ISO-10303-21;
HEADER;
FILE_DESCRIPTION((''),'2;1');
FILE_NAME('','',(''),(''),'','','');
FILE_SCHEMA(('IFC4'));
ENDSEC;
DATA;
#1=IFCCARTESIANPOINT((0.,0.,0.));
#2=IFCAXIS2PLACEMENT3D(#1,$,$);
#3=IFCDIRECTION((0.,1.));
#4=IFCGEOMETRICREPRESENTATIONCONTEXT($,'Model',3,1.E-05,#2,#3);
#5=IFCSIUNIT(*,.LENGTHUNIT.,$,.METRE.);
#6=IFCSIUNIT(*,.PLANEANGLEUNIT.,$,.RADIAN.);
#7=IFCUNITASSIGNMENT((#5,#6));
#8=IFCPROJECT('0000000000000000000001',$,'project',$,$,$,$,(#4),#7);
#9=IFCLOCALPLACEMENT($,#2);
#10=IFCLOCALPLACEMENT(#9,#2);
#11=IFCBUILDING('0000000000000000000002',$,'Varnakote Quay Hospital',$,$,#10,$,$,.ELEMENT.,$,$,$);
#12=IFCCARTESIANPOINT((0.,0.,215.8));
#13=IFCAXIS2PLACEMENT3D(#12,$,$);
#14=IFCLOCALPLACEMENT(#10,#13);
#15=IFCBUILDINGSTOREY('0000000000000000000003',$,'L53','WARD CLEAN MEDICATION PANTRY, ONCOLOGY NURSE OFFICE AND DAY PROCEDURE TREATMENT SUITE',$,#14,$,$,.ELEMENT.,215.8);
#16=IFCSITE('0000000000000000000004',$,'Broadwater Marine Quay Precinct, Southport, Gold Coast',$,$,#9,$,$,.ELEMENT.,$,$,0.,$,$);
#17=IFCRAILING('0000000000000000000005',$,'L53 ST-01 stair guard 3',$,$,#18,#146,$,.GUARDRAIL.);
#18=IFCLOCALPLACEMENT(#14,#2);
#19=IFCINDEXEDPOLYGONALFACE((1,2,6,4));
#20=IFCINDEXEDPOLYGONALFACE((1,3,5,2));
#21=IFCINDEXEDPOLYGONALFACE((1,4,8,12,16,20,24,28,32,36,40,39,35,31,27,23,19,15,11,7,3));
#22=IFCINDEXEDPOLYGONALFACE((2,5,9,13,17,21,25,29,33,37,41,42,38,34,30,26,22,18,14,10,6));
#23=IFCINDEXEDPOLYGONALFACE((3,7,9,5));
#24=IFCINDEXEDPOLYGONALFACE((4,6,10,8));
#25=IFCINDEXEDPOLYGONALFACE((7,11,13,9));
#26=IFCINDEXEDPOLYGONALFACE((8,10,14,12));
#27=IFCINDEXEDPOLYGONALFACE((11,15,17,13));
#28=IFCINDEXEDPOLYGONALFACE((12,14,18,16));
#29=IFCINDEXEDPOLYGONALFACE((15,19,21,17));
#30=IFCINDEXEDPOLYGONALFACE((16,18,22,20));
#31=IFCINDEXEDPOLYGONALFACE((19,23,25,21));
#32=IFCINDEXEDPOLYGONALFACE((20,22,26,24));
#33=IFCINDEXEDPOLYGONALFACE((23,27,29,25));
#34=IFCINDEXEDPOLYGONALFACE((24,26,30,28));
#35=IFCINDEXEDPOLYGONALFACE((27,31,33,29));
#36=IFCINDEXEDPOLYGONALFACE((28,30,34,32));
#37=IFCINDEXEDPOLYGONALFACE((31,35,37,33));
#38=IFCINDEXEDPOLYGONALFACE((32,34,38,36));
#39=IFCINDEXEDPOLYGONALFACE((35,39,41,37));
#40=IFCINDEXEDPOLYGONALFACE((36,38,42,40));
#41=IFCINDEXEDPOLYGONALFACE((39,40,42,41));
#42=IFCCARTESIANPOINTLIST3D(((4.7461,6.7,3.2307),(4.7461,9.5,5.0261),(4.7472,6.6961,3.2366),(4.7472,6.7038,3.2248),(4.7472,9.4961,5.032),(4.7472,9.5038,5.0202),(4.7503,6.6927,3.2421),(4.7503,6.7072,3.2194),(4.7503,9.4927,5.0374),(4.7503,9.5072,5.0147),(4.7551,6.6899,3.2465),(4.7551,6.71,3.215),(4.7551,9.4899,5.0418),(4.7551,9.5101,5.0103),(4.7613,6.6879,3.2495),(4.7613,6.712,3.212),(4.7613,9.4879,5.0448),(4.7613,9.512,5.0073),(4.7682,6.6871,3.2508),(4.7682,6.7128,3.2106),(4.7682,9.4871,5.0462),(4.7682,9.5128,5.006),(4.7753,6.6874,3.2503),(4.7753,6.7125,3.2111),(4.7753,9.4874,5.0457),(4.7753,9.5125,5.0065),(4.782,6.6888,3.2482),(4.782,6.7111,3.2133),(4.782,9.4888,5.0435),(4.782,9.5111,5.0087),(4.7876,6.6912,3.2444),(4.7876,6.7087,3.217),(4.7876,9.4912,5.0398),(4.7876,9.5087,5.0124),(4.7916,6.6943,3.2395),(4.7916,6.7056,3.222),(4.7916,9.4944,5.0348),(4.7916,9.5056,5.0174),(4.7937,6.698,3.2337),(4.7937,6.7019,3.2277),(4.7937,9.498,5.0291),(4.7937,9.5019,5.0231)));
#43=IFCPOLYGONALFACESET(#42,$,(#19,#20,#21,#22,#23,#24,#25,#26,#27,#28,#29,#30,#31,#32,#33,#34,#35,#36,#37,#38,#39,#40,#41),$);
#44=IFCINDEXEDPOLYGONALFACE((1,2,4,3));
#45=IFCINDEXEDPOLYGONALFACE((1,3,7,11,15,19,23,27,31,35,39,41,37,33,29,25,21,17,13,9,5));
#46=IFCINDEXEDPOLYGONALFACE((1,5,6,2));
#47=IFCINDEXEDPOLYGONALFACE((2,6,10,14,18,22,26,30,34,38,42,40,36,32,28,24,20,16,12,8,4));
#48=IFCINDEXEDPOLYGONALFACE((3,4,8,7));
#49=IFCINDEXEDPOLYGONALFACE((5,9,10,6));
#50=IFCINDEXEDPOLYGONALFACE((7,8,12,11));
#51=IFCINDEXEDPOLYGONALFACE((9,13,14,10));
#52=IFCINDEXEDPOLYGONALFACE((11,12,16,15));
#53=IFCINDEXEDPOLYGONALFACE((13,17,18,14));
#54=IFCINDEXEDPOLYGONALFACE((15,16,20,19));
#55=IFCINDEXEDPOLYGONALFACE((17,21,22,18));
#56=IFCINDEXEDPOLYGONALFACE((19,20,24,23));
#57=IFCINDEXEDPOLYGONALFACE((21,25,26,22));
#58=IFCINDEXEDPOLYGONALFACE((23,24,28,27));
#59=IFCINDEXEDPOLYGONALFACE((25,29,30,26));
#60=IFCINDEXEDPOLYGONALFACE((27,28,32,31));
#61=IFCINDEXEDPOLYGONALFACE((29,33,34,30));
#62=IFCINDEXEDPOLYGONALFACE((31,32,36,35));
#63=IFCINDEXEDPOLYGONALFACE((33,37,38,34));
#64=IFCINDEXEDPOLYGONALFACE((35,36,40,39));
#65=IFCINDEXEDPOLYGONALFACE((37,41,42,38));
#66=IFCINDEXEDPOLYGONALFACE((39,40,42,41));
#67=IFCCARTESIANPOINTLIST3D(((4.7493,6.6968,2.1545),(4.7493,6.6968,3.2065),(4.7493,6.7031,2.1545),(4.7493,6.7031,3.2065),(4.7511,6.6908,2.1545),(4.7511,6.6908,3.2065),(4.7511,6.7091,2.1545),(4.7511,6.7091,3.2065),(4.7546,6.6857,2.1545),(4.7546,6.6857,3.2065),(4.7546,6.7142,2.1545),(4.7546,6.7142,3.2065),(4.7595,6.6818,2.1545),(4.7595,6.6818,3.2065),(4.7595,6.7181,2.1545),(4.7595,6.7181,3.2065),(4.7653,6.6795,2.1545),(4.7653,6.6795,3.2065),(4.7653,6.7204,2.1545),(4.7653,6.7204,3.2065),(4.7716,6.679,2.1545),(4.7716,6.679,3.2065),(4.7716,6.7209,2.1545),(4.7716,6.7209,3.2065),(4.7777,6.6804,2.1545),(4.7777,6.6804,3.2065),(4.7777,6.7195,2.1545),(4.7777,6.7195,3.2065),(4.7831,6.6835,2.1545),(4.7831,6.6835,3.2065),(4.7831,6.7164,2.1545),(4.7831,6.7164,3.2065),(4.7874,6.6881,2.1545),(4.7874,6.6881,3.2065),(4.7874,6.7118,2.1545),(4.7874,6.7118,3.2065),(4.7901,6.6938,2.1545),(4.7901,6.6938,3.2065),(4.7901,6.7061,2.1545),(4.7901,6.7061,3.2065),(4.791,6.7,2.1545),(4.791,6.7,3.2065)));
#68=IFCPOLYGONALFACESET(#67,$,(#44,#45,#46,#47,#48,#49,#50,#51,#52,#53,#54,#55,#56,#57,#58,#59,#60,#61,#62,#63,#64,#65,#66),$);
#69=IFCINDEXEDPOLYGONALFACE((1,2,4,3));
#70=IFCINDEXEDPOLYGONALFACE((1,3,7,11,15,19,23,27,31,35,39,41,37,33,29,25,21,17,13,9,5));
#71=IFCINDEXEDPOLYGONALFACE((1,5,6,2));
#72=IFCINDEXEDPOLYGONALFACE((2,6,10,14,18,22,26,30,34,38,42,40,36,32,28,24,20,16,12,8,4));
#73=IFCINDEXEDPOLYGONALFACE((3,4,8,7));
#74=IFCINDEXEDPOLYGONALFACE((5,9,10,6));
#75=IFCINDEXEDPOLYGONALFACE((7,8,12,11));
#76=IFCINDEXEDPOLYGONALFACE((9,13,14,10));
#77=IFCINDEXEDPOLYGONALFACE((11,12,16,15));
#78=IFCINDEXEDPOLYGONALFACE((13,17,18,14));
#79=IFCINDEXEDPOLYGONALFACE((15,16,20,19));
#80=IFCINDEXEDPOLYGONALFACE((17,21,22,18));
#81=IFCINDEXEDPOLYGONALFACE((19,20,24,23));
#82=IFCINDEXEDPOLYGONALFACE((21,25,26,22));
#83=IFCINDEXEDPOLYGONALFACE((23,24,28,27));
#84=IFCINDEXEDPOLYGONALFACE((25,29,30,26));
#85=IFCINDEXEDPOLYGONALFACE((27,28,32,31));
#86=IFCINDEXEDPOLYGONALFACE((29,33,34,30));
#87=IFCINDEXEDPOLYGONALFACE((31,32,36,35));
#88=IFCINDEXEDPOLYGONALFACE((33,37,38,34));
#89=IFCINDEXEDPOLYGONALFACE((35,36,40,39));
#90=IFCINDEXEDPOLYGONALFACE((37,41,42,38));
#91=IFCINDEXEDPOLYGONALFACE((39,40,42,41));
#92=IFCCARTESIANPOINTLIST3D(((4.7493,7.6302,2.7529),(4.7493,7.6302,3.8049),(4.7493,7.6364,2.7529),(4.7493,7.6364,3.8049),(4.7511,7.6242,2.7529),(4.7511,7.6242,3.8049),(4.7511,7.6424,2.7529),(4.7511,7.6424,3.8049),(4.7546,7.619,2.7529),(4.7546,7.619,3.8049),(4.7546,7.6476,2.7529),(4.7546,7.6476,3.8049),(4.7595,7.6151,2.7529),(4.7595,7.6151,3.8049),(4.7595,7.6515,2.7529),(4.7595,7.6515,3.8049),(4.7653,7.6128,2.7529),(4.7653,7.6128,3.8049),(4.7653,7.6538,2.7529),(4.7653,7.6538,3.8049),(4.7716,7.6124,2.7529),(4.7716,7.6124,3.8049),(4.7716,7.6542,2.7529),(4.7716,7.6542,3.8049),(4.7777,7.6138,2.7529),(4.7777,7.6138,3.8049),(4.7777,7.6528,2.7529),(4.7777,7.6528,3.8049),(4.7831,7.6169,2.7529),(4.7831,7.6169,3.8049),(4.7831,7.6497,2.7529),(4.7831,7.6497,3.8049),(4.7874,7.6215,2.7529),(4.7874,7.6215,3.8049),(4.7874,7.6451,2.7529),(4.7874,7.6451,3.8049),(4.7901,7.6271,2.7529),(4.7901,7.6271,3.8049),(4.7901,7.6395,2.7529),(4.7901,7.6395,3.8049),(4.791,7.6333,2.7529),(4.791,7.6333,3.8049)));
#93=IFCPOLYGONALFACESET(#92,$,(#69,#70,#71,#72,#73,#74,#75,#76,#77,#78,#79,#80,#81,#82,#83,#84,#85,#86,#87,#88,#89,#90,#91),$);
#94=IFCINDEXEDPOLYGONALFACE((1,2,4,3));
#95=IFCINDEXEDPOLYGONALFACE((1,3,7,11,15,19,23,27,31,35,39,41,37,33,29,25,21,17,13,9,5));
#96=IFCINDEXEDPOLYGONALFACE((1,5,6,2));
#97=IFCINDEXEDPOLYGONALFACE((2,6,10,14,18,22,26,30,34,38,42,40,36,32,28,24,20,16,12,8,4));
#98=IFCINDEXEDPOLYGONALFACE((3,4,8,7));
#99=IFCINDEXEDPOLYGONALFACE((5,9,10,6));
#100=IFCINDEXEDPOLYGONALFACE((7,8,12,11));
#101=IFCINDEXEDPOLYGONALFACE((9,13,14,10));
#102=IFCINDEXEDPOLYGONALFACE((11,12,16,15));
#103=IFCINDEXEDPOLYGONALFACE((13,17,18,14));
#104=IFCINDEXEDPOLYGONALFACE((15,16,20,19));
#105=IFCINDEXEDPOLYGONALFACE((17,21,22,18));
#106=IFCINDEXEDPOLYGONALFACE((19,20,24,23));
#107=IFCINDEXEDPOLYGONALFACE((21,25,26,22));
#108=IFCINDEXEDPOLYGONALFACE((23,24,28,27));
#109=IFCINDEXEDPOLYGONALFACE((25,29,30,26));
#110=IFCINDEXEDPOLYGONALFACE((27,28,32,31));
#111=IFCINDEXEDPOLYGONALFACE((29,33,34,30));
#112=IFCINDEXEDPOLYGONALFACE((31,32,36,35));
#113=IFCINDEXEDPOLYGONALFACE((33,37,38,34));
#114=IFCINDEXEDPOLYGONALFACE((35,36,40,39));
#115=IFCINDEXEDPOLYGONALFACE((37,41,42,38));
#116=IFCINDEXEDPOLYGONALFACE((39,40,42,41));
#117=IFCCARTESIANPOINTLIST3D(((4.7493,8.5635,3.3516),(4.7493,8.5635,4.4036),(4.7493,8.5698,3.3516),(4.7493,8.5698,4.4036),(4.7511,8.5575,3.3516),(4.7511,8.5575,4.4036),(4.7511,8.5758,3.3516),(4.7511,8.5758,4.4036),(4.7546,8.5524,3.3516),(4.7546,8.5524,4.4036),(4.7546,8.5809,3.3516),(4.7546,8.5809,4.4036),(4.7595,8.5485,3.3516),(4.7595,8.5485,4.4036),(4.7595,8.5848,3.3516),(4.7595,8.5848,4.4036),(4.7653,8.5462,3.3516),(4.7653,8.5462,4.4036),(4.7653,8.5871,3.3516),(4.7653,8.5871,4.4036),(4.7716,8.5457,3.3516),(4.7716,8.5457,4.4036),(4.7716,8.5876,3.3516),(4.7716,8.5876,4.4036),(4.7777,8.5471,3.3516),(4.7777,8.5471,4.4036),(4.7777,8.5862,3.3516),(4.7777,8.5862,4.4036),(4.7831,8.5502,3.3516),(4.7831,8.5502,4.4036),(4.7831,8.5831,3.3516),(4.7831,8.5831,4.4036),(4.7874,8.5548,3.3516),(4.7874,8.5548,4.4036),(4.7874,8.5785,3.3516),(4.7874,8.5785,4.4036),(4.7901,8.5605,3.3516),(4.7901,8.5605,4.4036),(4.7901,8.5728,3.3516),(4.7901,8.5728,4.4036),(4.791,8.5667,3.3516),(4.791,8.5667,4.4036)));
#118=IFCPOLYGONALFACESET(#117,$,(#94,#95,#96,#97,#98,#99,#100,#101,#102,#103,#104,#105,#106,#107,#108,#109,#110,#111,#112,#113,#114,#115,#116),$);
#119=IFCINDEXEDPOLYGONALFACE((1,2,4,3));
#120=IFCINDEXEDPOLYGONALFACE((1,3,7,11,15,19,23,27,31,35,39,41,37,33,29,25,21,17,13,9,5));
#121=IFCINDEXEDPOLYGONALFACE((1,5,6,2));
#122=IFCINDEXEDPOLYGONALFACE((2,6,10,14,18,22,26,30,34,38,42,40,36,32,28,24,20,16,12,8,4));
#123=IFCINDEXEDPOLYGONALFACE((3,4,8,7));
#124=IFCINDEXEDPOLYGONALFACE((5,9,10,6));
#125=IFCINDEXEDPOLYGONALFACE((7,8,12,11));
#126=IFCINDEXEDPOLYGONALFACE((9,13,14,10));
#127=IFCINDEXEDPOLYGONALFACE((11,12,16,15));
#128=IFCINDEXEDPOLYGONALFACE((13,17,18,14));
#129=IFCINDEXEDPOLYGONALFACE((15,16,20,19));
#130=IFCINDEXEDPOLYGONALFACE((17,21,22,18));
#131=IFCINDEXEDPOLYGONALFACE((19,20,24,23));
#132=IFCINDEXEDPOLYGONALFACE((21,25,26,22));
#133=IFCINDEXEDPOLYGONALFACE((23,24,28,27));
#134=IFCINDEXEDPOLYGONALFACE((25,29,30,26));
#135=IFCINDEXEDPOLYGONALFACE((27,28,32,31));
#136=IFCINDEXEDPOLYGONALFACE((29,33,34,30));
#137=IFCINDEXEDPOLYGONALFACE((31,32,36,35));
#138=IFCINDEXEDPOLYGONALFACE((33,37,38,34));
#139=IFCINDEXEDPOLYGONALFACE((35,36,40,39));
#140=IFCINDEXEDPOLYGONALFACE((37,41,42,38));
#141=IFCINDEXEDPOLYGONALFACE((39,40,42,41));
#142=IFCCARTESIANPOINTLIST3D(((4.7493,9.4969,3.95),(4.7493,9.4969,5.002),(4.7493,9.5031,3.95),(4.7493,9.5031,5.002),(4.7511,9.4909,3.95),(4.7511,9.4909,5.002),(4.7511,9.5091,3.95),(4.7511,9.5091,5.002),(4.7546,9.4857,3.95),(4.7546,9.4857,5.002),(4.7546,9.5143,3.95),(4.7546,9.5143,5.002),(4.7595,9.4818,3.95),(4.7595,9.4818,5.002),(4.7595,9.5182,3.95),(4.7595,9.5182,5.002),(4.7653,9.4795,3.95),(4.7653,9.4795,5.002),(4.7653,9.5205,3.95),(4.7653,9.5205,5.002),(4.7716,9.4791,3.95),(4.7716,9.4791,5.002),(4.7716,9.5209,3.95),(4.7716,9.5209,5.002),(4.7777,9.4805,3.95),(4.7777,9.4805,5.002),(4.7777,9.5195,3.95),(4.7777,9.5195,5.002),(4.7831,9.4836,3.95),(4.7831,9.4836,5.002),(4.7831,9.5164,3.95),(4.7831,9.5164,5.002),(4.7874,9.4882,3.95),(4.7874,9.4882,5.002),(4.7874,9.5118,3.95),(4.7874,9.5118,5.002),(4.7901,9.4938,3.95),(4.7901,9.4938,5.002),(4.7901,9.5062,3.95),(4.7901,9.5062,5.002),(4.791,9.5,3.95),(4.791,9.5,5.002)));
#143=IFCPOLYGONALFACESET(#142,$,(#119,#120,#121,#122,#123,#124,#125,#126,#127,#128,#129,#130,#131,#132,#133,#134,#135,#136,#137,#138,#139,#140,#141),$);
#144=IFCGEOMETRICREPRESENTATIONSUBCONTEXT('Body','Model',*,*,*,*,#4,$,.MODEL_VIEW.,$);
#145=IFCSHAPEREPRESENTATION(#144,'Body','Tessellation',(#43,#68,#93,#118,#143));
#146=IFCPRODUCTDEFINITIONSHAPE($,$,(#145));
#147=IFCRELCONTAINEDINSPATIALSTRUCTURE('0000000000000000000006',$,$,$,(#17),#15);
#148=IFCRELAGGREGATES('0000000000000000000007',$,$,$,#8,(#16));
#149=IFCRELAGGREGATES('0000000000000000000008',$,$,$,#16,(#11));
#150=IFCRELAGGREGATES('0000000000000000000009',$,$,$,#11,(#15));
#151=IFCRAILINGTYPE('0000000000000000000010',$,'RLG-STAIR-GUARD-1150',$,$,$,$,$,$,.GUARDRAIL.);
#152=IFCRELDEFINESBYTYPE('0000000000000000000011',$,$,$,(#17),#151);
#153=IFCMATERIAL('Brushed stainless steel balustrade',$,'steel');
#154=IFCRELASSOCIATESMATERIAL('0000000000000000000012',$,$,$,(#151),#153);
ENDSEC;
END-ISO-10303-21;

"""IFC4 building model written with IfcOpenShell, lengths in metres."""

from ifc_helpers import new_model, si_unit, direction, frame, origin, origin_2d, place, context, subcontext, project, spatial, circle, extrude, material, type_object, element, save


model = new_model("IFC4")

# Units and contexts
model_context = context("Model", 3, precision=1e-05, world=origin(), true_north=direction((0.0, 1.0)))
body_context = subcontext(model_context, "Body", "Model", "MODEL_VIEW")
ifc_project = project(units=[si_unit("LENGTHUNIT", "METRE"), si_unit("PLANEANGLEUNIT", "RADIAN")], contexts=[model_context])

# Site, building, storey
site_placement = place(None, origin())
site = spatial("IfcSite", under=ifc_project, at=site_placement, Name="Broadwater Marine Quay Precinct, Southport, Gold Coast", CompositionType="ELEMENT", RefElevation=0.0)
building_placement = place(site_placement, origin())
building = spatial("IfcBuilding", under=site, at=building_placement, Name="Varnakote Quay Hospital", CompositionType="ELEMENT")
storey_placement = place(building_placement, frame((0.0, 0.0, 215.8)))
storey = spatial("IfcBuildingStorey", under=building, at=storey_placement, Name="L53", Description="WARD CLEAN MEDICATION PANTRY, ONCOLOGY NURSE OFFICE AND DAY PROCEDURE TREATMENT SUITE", CompositionType="ELEMENT", Elevation=215.8)

# Railing
ifc_material_1 = material(Name="Brushed stainless steel balustrade", Category="steel")
railing_type_1 = type_object("IfcRailingType", Name="RLG-STAIR-GUARD-1150", PredefinedType="GUARDRAIL", material=ifc_material_1)
railing_1_placement = place(storey_placement, frame((4.77, 6.7, 2.1545)))
element("IfcRailing", 1, at=railing_1_placement, inside=storey, type_object=railing_type_1, Name="L53 ST-01 stair guard 3", PredefinedType="GUARDRAIL", context=body_context, shape_type="SweptSolid", body=[
    extrude(circle(Radius=0.0239, at=origin_2d()), frame((0.0, 0.0, 1.0762), z_axis=(0.0, 0.84181, 0.539774), x_axis=(-1.0, 0.0, 0.0)), (0.0, 0.0, 1.0), 3.3262),
    extrude(circle(Radius=0.021, at=origin_2d()), origin(), (0.0, 0.0, 1.0), 1.052),
    extrude(circle(Radius=0.021, at=origin_2d()), frame((0.0, 0.9333, 0.5984)), (0.0, 0.0, 1.0), 1.052),
    extrude(circle(Radius=0.021, at=origin_2d()), frame((0.0, 1.8667, 1.197)), (0.0, 0.0, 1.0), 1.052),
    extrude(circle(Radius=0.021, at=origin_2d()), frame((0.0, 2.8, 1.7954)), (0.0, 0.0, 1.0), 1.052),
])

save(model, "model.ifc")
